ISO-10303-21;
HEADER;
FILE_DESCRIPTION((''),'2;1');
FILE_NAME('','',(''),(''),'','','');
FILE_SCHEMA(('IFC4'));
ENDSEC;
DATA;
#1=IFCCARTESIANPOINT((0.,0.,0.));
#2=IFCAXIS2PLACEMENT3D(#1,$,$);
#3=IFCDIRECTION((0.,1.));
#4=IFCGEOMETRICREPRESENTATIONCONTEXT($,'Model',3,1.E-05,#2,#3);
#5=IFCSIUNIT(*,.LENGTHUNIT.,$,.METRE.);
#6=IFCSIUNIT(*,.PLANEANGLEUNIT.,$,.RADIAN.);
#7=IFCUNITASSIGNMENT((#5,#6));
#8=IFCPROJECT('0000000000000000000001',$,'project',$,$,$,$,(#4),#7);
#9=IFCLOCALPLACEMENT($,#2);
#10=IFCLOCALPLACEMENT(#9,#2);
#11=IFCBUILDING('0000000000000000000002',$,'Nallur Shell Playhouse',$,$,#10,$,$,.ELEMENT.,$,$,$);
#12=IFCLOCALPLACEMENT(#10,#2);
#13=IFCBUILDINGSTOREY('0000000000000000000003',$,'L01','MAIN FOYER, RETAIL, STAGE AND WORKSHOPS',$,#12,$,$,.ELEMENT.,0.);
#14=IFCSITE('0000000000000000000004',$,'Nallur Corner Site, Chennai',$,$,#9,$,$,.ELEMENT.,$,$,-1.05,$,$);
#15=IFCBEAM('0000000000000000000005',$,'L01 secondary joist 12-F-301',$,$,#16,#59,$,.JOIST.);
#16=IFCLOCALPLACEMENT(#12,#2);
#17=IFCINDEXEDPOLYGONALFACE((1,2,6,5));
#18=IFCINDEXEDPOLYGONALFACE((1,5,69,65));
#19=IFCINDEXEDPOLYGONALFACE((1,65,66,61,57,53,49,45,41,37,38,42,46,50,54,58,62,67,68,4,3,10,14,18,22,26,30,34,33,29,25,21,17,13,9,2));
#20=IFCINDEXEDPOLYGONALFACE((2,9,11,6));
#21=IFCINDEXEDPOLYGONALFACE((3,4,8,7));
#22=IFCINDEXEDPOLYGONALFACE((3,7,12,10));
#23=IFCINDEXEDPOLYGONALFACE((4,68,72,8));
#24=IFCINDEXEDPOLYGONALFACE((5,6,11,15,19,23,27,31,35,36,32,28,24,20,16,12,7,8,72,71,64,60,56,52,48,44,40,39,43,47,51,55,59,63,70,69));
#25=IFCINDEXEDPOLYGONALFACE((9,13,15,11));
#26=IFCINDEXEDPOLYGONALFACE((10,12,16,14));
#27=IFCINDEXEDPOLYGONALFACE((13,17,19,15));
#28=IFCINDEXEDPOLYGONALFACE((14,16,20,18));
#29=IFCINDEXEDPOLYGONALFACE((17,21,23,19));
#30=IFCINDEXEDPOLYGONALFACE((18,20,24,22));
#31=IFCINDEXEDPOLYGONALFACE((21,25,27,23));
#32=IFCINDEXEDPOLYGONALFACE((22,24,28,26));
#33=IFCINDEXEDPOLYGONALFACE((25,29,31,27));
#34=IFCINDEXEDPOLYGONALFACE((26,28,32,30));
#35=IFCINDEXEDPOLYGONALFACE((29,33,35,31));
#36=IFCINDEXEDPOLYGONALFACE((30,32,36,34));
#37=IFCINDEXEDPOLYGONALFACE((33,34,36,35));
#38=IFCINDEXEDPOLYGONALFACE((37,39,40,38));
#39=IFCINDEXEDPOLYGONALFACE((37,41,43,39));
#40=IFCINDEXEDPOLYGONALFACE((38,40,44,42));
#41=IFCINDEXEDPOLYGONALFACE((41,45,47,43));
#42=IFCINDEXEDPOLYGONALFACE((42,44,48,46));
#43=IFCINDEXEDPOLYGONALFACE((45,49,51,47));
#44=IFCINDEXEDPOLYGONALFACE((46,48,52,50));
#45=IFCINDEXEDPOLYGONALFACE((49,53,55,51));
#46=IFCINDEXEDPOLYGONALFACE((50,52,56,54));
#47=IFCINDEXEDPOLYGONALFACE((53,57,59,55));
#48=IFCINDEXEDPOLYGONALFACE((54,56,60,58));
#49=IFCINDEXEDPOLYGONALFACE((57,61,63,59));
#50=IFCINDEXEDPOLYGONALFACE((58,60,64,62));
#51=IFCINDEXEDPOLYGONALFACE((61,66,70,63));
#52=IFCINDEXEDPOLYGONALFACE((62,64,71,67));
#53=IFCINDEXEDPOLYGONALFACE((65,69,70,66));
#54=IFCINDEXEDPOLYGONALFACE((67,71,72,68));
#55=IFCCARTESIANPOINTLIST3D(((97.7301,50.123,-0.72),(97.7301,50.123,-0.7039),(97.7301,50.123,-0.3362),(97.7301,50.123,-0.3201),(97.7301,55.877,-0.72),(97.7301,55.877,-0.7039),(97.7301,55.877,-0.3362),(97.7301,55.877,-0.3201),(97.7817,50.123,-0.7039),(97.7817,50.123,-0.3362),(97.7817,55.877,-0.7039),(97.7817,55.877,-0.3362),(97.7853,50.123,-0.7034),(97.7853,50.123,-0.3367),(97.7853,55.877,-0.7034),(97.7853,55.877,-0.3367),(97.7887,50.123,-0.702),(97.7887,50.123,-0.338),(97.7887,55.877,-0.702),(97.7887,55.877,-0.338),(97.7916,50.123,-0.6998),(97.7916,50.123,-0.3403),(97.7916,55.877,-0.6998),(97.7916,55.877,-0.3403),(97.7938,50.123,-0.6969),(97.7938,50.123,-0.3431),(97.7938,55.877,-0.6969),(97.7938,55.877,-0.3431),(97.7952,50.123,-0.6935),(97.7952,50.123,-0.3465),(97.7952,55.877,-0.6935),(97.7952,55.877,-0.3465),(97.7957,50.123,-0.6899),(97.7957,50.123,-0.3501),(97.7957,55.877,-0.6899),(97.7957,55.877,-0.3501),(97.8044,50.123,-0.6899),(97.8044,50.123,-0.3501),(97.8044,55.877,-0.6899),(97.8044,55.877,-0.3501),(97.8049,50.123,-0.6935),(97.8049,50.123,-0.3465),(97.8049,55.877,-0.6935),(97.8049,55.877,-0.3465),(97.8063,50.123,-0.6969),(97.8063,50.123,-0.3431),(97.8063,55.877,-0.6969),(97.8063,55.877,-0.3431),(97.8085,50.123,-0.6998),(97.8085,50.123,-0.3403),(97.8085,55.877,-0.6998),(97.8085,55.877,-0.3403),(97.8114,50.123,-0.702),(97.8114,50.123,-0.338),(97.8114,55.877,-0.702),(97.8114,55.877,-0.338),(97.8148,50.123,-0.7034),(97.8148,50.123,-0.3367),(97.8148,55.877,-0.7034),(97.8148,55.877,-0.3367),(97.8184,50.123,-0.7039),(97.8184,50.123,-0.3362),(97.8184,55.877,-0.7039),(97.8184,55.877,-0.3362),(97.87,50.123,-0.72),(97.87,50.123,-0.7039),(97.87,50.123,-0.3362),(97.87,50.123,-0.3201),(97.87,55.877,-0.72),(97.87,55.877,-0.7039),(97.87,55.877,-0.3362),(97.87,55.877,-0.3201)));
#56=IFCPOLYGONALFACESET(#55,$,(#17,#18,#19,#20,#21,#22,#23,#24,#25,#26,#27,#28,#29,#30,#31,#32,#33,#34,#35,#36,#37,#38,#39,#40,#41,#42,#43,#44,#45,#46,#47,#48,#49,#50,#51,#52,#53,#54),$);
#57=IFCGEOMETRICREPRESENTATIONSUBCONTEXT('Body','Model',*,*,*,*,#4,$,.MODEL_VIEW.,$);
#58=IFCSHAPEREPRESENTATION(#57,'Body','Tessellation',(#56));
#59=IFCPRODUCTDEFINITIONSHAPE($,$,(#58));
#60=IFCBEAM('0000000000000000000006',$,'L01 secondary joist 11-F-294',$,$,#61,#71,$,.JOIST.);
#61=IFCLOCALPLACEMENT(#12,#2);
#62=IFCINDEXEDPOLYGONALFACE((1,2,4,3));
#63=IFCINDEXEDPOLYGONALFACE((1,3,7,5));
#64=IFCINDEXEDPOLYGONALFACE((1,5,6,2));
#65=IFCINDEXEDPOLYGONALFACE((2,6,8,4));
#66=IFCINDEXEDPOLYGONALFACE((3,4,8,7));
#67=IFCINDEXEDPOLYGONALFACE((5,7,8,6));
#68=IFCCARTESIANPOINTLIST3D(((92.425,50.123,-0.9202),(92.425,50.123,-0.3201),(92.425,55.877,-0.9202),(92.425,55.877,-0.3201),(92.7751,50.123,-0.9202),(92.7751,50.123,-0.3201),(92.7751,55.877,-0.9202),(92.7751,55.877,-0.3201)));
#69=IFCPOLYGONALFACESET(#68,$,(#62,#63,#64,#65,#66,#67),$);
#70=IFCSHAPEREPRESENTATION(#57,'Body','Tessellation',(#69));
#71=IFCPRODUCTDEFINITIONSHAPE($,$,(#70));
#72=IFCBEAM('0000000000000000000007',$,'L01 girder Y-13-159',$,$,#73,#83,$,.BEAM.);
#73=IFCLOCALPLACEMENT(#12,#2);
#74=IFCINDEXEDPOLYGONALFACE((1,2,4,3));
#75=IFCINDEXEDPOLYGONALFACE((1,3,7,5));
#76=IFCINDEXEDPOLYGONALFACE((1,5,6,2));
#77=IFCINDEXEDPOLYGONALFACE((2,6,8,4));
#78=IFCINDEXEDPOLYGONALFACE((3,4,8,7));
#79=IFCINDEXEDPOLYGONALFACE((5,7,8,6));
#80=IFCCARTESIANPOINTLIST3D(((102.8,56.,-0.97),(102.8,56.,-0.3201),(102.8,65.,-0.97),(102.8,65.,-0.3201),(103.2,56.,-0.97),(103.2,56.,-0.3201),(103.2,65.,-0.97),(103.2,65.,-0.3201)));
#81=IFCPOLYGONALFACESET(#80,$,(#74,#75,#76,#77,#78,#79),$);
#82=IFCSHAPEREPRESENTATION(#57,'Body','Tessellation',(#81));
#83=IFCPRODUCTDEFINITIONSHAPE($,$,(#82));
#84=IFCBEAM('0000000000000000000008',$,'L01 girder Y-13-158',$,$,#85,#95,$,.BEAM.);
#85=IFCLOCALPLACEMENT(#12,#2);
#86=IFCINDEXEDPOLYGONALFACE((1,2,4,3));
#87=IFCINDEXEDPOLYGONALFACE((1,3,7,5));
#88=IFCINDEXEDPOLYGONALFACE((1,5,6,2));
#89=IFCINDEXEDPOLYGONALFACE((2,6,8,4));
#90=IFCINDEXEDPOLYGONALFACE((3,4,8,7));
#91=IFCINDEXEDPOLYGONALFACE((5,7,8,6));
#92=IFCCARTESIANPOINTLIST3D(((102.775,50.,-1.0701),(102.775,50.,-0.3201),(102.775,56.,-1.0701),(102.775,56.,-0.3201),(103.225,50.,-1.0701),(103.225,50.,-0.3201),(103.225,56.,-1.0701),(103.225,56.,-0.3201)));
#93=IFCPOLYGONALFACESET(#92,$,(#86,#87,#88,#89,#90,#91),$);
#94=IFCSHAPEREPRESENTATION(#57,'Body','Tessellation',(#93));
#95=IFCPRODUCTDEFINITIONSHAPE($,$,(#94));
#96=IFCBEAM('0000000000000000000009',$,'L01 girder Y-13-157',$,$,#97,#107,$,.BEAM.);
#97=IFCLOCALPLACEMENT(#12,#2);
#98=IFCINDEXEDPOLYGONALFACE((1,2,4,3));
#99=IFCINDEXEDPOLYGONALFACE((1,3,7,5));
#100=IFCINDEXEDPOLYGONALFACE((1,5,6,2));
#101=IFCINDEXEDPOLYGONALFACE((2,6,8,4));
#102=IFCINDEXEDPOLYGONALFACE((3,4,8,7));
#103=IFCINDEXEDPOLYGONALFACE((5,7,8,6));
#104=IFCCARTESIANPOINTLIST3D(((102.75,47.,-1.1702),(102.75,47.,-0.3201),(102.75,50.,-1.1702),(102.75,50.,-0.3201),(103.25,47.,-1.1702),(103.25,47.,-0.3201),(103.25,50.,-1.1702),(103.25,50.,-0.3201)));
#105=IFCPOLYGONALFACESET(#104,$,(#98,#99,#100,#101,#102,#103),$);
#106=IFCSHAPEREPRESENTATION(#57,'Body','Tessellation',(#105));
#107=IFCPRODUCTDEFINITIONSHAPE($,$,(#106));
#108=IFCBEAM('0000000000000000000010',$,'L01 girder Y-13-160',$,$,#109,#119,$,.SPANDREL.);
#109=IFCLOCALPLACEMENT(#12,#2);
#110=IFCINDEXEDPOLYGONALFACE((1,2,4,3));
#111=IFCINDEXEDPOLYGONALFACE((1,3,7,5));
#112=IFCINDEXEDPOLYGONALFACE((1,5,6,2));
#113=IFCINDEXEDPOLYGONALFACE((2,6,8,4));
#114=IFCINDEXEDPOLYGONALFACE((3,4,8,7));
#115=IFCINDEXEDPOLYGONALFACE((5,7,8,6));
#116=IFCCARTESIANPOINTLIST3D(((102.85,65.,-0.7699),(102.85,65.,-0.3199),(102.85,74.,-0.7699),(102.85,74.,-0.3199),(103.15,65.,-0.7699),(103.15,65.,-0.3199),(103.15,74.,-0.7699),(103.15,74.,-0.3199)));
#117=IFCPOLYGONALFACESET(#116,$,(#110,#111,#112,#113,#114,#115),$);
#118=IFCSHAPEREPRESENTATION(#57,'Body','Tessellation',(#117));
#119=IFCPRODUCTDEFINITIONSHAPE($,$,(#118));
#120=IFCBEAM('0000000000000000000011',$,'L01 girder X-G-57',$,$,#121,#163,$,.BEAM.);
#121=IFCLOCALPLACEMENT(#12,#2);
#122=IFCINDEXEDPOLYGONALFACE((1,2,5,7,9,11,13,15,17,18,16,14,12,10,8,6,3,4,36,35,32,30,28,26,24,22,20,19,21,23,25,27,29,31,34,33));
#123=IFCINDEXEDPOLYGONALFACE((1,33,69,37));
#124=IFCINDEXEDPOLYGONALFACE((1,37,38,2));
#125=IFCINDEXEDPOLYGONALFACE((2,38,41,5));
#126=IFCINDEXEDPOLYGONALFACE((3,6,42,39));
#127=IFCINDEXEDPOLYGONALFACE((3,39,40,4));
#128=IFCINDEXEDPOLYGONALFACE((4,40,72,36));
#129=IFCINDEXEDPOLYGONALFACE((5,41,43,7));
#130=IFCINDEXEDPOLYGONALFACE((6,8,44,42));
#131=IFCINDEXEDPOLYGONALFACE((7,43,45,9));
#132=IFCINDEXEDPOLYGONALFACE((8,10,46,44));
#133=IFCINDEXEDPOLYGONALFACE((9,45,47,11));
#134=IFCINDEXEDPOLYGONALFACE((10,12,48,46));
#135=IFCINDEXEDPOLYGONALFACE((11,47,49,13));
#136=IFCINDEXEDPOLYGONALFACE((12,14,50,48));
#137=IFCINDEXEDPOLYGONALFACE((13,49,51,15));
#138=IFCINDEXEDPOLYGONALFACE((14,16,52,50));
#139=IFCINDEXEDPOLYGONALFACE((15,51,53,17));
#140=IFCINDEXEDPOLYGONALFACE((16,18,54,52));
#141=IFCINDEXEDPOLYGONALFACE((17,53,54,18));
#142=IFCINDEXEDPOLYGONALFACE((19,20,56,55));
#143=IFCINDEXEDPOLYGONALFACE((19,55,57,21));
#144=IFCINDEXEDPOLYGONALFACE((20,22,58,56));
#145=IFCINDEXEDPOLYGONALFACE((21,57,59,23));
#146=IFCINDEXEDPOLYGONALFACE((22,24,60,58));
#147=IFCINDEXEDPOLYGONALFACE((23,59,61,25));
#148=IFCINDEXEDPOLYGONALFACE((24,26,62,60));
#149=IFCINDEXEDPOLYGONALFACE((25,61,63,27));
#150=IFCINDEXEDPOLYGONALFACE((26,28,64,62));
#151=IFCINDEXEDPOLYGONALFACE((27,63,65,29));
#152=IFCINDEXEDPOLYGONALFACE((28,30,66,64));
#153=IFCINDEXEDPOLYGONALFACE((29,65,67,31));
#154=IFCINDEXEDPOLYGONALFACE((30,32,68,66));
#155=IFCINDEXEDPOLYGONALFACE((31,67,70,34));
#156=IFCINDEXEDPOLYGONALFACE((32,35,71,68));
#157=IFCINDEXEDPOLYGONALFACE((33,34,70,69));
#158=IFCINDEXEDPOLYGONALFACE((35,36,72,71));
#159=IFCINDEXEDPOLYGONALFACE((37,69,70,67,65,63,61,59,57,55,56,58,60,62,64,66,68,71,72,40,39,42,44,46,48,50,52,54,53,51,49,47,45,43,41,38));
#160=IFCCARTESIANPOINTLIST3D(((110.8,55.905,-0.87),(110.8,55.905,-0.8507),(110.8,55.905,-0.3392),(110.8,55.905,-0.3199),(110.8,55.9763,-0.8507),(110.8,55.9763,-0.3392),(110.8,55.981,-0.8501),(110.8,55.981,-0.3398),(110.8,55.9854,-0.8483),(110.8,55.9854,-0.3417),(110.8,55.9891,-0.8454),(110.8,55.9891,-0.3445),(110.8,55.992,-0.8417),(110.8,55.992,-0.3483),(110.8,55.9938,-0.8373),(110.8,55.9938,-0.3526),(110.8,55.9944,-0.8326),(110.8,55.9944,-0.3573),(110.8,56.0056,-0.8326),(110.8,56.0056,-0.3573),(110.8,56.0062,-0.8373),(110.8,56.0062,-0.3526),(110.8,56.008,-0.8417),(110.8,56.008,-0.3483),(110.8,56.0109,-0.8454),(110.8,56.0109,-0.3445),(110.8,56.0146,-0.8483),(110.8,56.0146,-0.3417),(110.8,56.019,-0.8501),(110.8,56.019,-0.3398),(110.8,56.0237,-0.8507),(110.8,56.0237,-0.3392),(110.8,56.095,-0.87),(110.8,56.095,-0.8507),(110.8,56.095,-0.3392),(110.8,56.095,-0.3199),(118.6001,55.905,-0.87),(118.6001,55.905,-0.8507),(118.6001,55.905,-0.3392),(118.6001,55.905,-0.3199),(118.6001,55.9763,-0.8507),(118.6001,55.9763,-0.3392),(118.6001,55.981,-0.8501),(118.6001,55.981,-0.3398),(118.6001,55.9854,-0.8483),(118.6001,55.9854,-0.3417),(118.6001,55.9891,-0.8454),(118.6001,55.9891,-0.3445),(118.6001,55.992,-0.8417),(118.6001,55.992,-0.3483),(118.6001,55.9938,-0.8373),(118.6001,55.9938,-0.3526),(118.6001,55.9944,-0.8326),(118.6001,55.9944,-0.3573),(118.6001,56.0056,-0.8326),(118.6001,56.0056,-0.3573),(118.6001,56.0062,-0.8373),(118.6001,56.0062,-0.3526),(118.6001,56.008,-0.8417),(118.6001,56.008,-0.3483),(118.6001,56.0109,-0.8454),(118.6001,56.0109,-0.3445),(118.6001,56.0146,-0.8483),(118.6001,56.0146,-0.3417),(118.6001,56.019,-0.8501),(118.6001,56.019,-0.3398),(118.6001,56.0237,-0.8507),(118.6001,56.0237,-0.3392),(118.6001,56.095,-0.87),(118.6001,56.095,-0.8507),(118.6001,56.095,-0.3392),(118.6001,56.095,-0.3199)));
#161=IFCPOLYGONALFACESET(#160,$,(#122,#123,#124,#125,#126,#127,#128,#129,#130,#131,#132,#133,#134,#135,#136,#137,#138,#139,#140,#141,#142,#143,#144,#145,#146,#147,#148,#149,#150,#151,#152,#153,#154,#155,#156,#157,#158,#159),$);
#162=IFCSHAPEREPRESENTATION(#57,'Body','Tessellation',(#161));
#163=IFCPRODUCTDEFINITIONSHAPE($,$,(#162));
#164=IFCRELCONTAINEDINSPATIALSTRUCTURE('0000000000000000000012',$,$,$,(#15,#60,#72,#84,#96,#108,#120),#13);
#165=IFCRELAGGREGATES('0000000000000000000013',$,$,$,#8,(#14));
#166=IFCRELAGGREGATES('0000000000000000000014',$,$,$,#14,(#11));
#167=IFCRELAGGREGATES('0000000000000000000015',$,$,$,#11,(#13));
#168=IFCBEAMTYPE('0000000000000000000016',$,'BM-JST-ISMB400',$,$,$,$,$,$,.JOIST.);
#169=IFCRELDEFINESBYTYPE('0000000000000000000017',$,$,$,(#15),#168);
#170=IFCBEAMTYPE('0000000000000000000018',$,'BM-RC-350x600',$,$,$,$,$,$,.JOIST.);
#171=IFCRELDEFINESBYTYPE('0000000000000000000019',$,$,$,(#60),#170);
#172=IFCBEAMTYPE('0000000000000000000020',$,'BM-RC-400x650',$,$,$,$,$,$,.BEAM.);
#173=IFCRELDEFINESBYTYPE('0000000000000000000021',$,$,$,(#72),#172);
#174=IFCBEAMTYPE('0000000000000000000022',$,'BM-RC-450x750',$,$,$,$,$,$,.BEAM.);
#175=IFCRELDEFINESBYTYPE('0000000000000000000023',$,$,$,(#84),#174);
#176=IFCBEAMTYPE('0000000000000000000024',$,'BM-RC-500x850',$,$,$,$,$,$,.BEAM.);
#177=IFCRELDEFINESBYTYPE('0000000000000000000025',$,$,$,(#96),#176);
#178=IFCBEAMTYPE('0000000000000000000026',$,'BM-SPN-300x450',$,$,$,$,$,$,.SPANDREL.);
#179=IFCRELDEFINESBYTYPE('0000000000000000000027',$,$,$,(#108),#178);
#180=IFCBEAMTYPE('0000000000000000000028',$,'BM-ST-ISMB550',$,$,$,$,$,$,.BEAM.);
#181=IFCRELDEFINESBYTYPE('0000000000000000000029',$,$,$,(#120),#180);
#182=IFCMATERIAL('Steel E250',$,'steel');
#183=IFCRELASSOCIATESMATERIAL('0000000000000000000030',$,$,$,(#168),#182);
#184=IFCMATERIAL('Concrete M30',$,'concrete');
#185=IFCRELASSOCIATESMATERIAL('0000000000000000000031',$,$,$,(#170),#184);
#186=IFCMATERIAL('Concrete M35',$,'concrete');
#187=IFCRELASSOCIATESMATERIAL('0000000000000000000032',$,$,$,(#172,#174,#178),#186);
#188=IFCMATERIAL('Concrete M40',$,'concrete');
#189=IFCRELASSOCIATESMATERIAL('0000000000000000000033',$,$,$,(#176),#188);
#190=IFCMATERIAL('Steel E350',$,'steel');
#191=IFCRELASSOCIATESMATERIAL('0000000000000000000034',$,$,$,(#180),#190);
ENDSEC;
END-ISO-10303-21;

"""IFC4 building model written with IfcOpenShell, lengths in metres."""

from ifc_helpers import new_model, si_unit, direction, frame, origin, origin_2d, place, context, subcontext, project, spatial, rectangle, i_section, extrude, material, material_profile, profile_set, type_object, element, save


model = new_model("IFC4")

# Units and contexts
model_context = context("Model", 3, precision=1e-05, world=origin(), true_north=direction((0.0, 1.0)))
body_context = subcontext(model_context, "Body", "Model", "MODEL_VIEW")
ifc_project = project(units=[si_unit("LENGTHUNIT", "METRE"), si_unit("PLANEANGLEUNIT", "RADIAN")], contexts=[model_context])

# Site, building, storey
site_placement = place(None, origin())
site = spatial("IfcSite", under=ifc_project, at=site_placement, Name="Nallur Corner Site, Chennai", CompositionType="ELEMENT", RefElevation=-1.05)
building_placement = place(site_placement, origin())
building = spatial("IfcBuilding", under=site, at=building_placement, Name="Nallur Shell Playhouse", CompositionType="ELEMENT")
storey_placement = place(building_placement, origin())
storey = spatial("IfcBuildingStorey", under=building, at=storey_placement, Name="L01", Description="MAIN FOYER, RETAIL, STAGE AND WORKSHOPS", CompositionType="ELEMENT", Elevation=0.0)

# Shared definitions
ifc_material_1 = material(Name="Concrete M40", Category="concrete")
ifc_material_2 = material(Name="Steel E350", Category="steel")

# Beams
ifc_material_3 = material(Name="Steel E250", Category="steel")
ifc_material_profile_1 = material_profile(ifc_material_3, i_section(OverallWidth=0.1399, OverallDepth=0.3999, WebThickness=0.0088, FlangeThickness=0.0161, FilletRadius=0.0139, at=origin_2d()), Name="ISMB 400")
ifc_profile_set_1 = profile_set([ifc_material_profile_1], Name="Steel E250")
beam_type_1 = type_object("IfcBeamType", Name="BM-JST-ISMB400", PredefinedType="JOIST", material=ifc_profile_set_1)
beam_1_placement = place(storey_placement, frame((97.8, 50.123, -0.52), z_axis=(0.0, 1.0, 0.0), x_axis=(-1.0, 0.0, 0.0)))
element("IfcBeam", 1, at=beam_1_placement, inside=storey, type_object=beam_type_1, Name="L01 secondary joist 12-F-301", PredefinedType="JOIST", context=body_context, shape_type="SweptSolid", body=[
    extrude(i_section(OverallWidth=0.1399, OverallDepth=0.3999, WebThickness=0.0088, FlangeThickness=0.0161, FilletRadius=0.0139, at=origin_2d()), origin(), (0.0, 0.0, 1.0), 5.7539),
])
ifc_material_4 = material(Name="Concrete M30", Category="concrete")
ifc_material_profile_2 = material_profile(ifc_material_4, rectangle(XDim=0.3501, YDim=0.6001, at=origin_2d()), Name="RC 350x600")
ifc_profile_set_2 = profile_set([ifc_material_profile_2], Name="Concrete M30")
beam_type_2 = type_object("IfcBeamType", Name="BM-RC-350x600", PredefinedType="JOIST", material=ifc_profile_set_2)
beam_2_placement = place(storey_placement, frame((92.6001, 50.123, -0.6201), z_axis=(0.0, 1.0, 0.0), x_axis=(-1.0, 0.0, 0.0)))
element("IfcBeam", 2, at=beam_2_placement, inside=storey, type_object=beam_type_2, Name="L01 secondary joist 11-F-294", PredefinedType="JOIST", context=body_context, shape_type="SweptSolid", body=[
    extrude(rectangle(XDim=0.3501, YDim=0.6001, at=origin_2d()), origin(), (0.0, 0.0, 1.0), 5.7539),
])
ifc_material_5 = material(Name="Concrete M35", Category="concrete")
ifc_material_profile_3 = material_profile(ifc_material_5, rectangle(XDim=0.3999, YDim=0.6499, at=origin_2d()), Name="RC 400x650")
ifc_profile_set_3 = profile_set([ifc_material_profile_3], Name="Concrete M35")
beam_type_3 = type_object("IfcBeamType", Name="BM-RC-400x650", PredefinedType="BEAM", material=ifc_profile_set_3)
beam_3_placement = place(storey_placement, frame((103.0, 56.0, -0.645), z_axis=(0.0, 1.0, 0.0), x_axis=(-1.0, 0.0, 0.0)))
element("IfcBeam", 3, at=beam_3_placement, inside=storey, type_object=beam_type_3, Name="L01 girder Y-13-159", PredefinedType="BEAM", context=body_context, shape_type="SweptSolid", body=[
    extrude(rectangle(XDim=0.3999, YDim=0.6499, at=origin_2d()), origin(), (0.0, 0.0, 1.0), 9.0),
])
ifc_material_profile_4 = material_profile(ifc_material_5, rectangle(XDim=0.45, YDim=0.75, at=origin_2d()), Name="RC 450x750")
ifc_profile_set_4 = profile_set([ifc_material_profile_4], Name="Concrete M35")
beam_type_4 = type_object("IfcBeamType", Name="BM-RC-450x750", PredefinedType="BEAM", material=ifc_profile_set_4)
beam_4_placement = place(storey_placement, frame((103.0, 50.0, -0.6951), z_axis=(0.0, 1.0, 0.0), x_axis=(-1.0, 0.0, 0.0)))
element("IfcBeam", 4, at=beam_4_placement, inside=storey, type_object=beam_type_4, Name="L01 girder Y-13-158", PredefinedType="BEAM", context=body_context, shape_type="SweptSolid", body=[
    extrude(rectangle(XDim=0.45, YDim=0.75, at=origin_2d()), origin(), (0.0, 0.0, 1.0), 6.0),
])
ifc_material_profile_5 = material_profile(ifc_material_1, rectangle(XDim=0.5, YDim=0.8501, at=origin_2d()), Name="RC 500x850")
ifc_profile_set_5 = profile_set([ifc_material_profile_5], Name="Concrete M40")
beam_type_5 = type_object("IfcBeamType", Name="BM-RC-500x850", PredefinedType="BEAM", material=ifc_profile_set_5)
beam_5_placement = place(storey_placement, frame((103.0, 47.0, -0.7451), z_axis=(0.0, 1.0, 0.0), x_axis=(-1.0, 0.0, 0.0)))
element("IfcBeam", 5, at=beam_5_placement, inside=storey, type_object=beam_type_5, Name="L01 girder Y-13-157", PredefinedType="BEAM", context=body_context, shape_type="SweptSolid", body=[
    extrude(rectangle(XDim=0.5, YDim=0.8501, at=origin_2d()), origin(), (0.0, 0.0, 1.0), 3.0),
])
ifc_material_profile_6 = material_profile(ifc_material_5, rectangle(XDim=0.3, YDim=0.45, at=origin_2d()), Name="RC 300x450")
ifc_profile_set_6 = profile_set([ifc_material_profile_6], Name="Concrete M35")
beam_type_6 = type_object("IfcBeamType", Name="BM-SPN-300x450", PredefinedType="SPANDREL", material=ifc_profile_set_6)
beam_6_placement = place(storey_placement, frame((103.0, 65.0, -0.5449), z_axis=(0.0, 1.0, 0.0), x_axis=(-1.0, 0.0, 0.0)))
element("IfcBeam", 6, at=beam_6_placement, inside=storey, type_object=beam_type_6, Name="L01 girder Y-13-160", PredefinedType="SPANDREL", context=body_context, shape_type="SweptSolid", body=[
    extrude(rectangle(XDim=0.3, YDim=0.45, at=origin_2d()), origin(), (0.0, 0.0, 1.0), 9.0),
])
ifc_material_profile_7 = material_profile(ifc_material_2, i_section(OverallWidth=0.1899, OverallDepth=0.55, WebThickness=0.0112, FlangeThickness=0.0193, FilletRadius=0.0181, at=origin_2d()), Name="ISMB 550")
ifc_profile_set_7 = profile_set([ifc_material_profile_7], Name="Steel E350")
beam_type_7 = type_object("IfcBeamType", Name="BM-ST-ISMB550", PredefinedType="BEAM", material=ifc_profile_set_7)
beam_7_placement = place(storey_placement, frame((110.8, 56.0, -0.595), z_axis=(1.0, 0.0, 0.0), x_axis=(0.0, 1.0, 0.0)))
element("IfcBeam", 7, at=beam_7_placement, inside=storey, type_object=beam_type_7, Name="L01 girder X-G-57", PredefinedType="BEAM", context=body_context, shape_type="SweptSolid", body=[
    extrude(i_section(OverallWidth=0.1899, OverallDepth=0.55, WebThickness=0.0112, FlangeThickness=0.0193, FilletRadius=0.0181, at=origin_2d()), origin(), (0.0, 0.0, 1.0), 7.8),
])

save(model, "model.ifc")
